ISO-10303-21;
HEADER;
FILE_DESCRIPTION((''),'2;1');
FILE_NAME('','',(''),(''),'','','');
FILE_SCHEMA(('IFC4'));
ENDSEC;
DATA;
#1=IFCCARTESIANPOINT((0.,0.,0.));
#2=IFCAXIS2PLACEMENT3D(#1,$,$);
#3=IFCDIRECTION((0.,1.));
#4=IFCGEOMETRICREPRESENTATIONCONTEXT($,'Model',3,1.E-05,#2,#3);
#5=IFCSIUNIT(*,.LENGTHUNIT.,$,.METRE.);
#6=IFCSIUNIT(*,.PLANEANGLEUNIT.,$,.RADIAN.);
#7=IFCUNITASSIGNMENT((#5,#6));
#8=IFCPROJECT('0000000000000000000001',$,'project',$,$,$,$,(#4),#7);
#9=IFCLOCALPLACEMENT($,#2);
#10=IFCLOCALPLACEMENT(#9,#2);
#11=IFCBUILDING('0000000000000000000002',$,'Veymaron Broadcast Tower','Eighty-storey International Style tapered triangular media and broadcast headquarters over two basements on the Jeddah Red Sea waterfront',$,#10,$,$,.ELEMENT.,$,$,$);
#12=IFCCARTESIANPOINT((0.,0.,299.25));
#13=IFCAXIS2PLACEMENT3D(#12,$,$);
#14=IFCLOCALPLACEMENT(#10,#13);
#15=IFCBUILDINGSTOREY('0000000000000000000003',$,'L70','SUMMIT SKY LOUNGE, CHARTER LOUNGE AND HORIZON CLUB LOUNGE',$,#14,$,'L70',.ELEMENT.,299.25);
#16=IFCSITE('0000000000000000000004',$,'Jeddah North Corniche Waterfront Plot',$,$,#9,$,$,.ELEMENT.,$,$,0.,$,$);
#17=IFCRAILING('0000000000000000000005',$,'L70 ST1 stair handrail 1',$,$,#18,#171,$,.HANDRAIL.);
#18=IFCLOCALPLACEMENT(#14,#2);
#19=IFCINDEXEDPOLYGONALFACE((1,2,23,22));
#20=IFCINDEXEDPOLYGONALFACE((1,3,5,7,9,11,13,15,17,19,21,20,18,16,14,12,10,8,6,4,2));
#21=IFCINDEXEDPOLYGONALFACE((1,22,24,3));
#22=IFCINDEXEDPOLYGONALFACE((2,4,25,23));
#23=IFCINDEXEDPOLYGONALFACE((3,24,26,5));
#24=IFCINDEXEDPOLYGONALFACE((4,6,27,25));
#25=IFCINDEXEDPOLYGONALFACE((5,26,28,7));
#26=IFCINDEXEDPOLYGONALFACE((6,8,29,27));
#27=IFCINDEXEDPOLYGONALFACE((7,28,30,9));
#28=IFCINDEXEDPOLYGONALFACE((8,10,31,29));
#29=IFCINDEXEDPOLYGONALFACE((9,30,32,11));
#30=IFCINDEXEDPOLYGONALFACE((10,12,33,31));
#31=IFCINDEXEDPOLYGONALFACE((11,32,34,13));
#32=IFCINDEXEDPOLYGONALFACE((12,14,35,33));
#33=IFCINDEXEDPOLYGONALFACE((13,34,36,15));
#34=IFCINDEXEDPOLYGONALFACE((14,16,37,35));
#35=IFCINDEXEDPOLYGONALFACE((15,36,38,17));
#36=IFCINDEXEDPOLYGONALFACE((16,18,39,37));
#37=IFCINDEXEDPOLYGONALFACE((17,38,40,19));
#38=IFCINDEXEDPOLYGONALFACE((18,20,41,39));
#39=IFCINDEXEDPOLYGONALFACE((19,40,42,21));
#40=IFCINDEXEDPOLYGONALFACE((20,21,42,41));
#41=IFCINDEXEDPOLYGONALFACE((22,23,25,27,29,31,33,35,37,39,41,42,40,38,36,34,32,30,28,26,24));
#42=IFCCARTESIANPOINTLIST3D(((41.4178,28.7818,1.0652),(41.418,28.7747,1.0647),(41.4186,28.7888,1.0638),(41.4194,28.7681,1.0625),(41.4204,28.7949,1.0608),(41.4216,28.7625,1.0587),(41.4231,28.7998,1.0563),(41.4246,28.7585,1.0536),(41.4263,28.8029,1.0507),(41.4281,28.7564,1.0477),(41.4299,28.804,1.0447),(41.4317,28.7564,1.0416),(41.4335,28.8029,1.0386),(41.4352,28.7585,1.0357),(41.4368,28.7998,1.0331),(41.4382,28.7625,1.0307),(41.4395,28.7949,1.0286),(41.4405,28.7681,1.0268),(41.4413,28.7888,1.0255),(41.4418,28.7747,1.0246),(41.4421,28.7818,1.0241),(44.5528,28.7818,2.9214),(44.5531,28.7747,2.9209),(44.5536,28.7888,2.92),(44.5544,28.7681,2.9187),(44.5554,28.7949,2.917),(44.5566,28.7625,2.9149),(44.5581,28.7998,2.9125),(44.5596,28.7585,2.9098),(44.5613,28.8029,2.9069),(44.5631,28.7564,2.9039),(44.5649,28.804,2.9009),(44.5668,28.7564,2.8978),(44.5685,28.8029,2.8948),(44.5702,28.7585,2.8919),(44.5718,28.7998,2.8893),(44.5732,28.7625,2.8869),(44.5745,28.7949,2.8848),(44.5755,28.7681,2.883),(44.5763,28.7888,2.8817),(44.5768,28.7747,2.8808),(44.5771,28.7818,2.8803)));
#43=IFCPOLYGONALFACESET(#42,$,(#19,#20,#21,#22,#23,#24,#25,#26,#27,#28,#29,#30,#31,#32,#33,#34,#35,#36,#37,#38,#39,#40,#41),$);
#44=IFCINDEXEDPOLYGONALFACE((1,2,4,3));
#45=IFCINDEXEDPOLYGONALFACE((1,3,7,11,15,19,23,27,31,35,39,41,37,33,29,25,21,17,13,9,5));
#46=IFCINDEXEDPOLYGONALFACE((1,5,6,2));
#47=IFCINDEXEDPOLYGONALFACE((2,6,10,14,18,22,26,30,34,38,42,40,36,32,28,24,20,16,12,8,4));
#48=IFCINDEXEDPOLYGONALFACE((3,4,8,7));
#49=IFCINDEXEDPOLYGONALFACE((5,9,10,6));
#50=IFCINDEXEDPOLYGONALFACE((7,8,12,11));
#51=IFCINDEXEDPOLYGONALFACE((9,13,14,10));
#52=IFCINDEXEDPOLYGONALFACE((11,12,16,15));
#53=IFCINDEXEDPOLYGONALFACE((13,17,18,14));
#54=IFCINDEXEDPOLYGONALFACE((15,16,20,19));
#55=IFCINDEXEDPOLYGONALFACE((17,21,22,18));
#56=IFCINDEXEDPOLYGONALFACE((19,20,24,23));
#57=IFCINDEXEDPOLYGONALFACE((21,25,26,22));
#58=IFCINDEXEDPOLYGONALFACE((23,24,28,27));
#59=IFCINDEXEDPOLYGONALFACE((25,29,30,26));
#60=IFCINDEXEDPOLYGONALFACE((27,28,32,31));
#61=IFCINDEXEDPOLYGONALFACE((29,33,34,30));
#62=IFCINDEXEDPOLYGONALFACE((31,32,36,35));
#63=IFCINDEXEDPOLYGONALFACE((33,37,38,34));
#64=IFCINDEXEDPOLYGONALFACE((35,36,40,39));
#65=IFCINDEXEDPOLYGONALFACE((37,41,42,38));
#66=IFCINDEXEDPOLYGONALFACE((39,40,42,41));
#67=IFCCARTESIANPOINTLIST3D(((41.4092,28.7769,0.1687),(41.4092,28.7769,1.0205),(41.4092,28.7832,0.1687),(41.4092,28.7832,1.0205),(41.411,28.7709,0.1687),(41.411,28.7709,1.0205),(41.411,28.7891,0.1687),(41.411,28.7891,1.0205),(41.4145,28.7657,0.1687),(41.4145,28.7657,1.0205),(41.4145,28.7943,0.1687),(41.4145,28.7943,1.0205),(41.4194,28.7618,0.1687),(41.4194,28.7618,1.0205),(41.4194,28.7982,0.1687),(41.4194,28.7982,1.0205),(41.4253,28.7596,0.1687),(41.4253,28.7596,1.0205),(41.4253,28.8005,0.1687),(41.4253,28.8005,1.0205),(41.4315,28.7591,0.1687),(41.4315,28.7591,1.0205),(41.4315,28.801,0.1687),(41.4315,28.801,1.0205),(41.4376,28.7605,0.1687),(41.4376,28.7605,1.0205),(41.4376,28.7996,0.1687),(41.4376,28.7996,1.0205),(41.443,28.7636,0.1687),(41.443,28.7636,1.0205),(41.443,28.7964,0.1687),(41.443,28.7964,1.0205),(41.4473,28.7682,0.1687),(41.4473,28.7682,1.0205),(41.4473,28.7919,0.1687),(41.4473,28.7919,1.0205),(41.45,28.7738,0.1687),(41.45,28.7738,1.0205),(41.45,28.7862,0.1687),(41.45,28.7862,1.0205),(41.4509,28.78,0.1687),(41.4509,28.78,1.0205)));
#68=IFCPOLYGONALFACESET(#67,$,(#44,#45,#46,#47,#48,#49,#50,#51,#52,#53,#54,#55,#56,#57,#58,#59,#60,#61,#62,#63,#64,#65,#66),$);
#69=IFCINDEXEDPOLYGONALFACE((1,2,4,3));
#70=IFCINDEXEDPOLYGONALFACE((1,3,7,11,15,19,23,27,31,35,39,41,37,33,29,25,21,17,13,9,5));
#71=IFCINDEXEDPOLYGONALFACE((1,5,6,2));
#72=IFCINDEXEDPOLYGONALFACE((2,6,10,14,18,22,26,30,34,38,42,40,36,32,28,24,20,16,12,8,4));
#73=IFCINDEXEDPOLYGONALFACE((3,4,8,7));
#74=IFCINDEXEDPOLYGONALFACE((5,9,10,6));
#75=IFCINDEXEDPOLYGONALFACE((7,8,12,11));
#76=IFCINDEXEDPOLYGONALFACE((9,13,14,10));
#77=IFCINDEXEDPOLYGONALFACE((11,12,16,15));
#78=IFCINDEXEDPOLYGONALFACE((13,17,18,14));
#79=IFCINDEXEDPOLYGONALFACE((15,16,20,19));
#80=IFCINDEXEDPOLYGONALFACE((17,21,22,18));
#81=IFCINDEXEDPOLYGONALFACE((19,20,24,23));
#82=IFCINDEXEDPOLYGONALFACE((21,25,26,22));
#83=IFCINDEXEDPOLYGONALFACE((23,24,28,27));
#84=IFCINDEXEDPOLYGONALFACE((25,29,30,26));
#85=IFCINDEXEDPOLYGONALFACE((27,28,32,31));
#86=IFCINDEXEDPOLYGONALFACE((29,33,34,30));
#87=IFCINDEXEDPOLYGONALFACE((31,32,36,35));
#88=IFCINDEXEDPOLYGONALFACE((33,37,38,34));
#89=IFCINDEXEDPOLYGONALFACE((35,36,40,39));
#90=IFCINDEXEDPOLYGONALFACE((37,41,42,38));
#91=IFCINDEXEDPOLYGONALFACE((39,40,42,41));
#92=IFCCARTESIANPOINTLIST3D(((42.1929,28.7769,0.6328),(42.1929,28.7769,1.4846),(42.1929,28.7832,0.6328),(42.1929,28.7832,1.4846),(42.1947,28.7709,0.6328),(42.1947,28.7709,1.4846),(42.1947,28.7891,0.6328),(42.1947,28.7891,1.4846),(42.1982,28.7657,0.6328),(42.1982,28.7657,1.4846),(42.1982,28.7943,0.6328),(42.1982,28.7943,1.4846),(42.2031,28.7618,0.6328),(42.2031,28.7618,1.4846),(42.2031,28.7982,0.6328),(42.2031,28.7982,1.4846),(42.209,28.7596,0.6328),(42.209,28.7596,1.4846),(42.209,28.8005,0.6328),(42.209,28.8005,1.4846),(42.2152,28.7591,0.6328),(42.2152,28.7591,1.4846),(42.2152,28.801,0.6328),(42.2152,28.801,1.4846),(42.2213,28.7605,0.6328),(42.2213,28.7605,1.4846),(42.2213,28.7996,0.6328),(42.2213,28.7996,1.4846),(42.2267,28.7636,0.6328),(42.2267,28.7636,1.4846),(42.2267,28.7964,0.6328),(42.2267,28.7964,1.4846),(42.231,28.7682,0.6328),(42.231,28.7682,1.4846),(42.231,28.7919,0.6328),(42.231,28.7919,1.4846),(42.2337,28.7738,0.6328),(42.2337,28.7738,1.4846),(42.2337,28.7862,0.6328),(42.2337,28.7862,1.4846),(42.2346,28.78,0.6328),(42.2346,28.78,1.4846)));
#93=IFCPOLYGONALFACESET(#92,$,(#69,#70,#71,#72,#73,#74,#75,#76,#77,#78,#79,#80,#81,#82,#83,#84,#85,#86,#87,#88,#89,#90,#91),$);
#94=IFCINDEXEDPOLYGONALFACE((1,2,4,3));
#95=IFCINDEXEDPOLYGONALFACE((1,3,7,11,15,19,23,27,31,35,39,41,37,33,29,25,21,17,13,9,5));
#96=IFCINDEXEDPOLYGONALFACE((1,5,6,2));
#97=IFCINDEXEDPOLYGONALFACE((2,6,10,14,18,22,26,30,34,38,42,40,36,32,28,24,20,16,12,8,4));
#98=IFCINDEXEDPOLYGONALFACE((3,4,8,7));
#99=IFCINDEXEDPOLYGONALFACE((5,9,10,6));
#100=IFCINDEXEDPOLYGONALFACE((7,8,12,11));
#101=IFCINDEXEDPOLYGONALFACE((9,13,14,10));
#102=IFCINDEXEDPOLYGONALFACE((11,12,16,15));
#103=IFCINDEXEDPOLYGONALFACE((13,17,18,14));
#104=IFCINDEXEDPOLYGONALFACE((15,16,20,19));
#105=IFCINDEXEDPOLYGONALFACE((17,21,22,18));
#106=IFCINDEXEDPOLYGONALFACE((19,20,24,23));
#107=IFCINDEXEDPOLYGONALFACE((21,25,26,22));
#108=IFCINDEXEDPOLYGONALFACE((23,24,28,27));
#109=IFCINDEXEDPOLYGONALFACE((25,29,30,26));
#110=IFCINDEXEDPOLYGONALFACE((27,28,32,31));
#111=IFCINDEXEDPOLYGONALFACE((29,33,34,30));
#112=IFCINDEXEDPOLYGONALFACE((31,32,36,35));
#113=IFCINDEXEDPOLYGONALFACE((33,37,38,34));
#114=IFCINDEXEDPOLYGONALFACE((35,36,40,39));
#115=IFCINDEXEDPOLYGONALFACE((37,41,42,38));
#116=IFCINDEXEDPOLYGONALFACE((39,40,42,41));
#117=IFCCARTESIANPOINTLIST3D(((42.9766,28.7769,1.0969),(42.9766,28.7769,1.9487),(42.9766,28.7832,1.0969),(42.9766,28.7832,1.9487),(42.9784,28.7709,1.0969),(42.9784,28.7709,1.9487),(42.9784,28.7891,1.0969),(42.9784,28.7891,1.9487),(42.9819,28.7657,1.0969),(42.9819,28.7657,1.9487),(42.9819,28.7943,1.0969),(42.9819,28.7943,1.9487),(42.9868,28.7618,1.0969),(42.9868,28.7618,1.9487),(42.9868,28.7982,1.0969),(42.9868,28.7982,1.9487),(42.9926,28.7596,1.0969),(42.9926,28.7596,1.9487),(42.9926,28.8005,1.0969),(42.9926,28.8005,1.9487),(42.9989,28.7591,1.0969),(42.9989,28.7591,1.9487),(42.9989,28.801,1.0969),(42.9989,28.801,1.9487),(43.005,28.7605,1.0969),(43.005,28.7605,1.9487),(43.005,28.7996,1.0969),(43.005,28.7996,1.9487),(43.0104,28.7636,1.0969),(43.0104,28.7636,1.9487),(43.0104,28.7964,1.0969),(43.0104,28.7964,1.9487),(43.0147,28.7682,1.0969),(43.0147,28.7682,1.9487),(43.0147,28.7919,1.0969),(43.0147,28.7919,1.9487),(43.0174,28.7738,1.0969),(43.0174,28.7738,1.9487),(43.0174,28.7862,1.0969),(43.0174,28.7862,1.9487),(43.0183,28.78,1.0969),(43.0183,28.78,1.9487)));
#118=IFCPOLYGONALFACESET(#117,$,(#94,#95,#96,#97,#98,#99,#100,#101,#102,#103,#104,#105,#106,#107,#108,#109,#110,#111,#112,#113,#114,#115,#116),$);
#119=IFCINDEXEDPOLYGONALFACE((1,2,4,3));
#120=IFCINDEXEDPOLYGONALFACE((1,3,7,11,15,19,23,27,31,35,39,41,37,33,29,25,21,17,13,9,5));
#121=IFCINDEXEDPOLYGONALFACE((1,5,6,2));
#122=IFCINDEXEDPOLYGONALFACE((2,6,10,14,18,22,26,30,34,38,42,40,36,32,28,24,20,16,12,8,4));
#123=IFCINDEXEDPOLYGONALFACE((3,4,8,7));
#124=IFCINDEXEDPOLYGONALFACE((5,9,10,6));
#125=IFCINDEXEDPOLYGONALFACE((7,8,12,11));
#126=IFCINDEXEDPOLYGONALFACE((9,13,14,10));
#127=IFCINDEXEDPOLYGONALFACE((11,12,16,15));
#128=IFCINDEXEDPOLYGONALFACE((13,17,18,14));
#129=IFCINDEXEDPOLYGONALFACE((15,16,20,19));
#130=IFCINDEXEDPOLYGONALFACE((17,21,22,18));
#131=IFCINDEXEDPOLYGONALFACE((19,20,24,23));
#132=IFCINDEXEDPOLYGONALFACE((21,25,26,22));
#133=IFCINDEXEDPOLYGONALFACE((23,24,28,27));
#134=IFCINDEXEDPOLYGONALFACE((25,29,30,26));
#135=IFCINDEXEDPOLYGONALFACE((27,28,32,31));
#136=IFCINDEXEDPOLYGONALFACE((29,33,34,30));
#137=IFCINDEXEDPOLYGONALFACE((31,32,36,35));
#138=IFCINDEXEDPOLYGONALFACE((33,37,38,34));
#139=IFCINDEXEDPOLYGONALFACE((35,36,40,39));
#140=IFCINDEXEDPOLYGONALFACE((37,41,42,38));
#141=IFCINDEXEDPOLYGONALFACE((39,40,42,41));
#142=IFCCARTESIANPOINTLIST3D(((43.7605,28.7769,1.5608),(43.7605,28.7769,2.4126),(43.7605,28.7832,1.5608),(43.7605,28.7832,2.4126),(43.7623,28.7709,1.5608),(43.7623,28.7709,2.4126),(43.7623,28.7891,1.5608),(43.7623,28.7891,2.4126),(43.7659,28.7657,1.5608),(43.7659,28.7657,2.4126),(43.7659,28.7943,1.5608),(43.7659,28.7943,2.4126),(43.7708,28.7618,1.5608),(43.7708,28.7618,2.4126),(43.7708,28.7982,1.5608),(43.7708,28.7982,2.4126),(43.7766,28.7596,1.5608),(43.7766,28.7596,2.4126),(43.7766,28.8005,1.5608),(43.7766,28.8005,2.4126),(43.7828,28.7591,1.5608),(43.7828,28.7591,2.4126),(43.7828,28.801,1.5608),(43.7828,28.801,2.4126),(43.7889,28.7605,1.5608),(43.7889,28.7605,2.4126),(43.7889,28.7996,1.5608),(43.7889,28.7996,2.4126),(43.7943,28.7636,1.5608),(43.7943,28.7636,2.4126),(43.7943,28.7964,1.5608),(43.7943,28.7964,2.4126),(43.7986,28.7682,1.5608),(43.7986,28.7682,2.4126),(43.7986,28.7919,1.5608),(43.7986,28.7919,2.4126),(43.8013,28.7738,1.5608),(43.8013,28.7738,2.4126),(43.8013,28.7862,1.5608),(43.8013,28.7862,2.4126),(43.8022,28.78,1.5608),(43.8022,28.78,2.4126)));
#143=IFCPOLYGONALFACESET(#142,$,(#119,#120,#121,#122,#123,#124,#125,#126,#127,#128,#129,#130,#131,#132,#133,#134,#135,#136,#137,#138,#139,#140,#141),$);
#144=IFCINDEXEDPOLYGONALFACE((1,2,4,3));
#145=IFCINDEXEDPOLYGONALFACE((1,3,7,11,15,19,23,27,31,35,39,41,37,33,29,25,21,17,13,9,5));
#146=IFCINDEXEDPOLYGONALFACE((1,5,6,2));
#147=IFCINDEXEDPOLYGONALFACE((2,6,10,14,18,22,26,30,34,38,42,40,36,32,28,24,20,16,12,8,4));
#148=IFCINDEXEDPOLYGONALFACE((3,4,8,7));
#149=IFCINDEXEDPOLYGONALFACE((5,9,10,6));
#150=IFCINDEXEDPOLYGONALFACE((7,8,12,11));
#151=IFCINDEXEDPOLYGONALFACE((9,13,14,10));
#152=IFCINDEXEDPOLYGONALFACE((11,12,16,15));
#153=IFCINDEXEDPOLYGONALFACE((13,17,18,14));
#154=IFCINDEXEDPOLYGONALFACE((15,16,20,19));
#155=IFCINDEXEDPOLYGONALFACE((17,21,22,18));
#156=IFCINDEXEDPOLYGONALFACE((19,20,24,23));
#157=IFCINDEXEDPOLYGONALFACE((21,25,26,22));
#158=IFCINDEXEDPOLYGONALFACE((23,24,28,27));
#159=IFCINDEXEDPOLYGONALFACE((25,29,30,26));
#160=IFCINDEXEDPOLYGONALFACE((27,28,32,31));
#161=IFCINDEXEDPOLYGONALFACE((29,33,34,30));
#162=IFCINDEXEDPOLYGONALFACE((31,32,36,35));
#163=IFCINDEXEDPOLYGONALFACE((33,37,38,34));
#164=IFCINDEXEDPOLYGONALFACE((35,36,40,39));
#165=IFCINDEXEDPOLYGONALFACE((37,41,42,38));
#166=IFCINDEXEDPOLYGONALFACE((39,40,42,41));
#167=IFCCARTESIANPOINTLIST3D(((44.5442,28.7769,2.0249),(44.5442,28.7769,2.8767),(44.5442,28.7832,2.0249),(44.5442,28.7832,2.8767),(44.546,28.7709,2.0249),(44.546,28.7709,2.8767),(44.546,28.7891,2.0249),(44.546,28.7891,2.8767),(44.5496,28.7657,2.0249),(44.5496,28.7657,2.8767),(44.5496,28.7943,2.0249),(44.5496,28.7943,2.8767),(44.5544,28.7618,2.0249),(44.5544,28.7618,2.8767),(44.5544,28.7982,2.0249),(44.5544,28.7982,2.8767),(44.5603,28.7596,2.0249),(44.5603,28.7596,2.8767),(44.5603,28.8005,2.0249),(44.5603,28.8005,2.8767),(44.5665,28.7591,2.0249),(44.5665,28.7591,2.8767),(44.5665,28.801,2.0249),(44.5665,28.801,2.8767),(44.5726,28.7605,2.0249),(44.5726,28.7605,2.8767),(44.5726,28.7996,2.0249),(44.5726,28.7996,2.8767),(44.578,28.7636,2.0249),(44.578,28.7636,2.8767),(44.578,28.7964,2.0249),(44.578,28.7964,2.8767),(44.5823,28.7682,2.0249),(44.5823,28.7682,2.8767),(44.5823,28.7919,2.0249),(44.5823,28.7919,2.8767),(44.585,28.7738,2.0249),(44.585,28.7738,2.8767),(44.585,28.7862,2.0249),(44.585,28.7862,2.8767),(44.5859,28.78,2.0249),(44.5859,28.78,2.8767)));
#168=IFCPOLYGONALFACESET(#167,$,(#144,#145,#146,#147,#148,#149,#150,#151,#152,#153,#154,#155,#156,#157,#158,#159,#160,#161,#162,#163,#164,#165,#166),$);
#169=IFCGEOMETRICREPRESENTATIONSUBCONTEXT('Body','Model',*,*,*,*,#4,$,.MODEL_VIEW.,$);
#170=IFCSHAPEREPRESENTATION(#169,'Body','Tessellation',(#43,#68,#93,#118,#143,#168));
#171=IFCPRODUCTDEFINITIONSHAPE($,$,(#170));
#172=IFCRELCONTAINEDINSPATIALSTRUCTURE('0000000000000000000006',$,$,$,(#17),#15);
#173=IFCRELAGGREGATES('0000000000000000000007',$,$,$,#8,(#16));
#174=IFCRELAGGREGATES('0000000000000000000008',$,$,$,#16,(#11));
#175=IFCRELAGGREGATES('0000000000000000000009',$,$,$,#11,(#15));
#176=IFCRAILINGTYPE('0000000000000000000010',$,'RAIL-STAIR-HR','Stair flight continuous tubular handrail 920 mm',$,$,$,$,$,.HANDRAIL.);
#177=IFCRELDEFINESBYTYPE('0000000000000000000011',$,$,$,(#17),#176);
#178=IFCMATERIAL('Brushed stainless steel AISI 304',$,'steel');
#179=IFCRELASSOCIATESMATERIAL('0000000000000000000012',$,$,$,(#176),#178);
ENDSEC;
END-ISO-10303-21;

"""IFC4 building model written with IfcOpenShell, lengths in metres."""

from ifc_helpers import new_model, si_unit, direction, frame, origin, origin_2d, place, context, subcontext, project, spatial, circle, extrude, material, type_object, element, save


model = new_model("IFC4")

# Units and contexts
model_context = context("Model", 3, precision=1e-05, world=origin(), true_north=direction((0.0, 1.0)))
body_context = subcontext(model_context, "Body", "Model", "MODEL_VIEW")
ifc_project = project(units=[si_unit("LENGTHUNIT", "METRE"), si_unit("PLANEANGLEUNIT", "RADIAN")], contexts=[model_context])

# Site, building, storey
site_placement = place(None, origin())
site = spatial("IfcSite", under=ifc_project, at=site_placement, Name="Jeddah North Corniche Waterfront Plot", CompositionType="ELEMENT", RefElevation=0.0)
building_placement = place(site_placement, origin())
building = spatial("IfcBuilding", under=site, at=building_placement, Name="Veymaron Broadcast Tower", Description="Eighty-storey International Style tapered triangular media and broadcast headquarters over two basements on the Jeddah Red Sea waterfront", CompositionType="ELEMENT")
storey_placement = place(building_placement, frame((0.0, 0.0, 299.25)))
storey = spatial("IfcBuildingStorey", under=building, at=storey_placement, Name="L70", Description="SUMMIT SKY LOUNGE, CHARTER LOUNGE AND HORIZON CLUB LOUNGE", LongName="L70", CompositionType="ELEMENT", Elevation=299.25)

# Railing
ifc_material_1 = material(Name="Brushed stainless steel AISI 304", Category="steel")
railing_type_1 = type_object("IfcRailingType", Name="RAIL-STAIR-HR", Description="Stair flight continuous tubular handrail 920 mm", PredefinedType="HANDRAIL", material=ifc_material_1)
railing_1_placement = place(storey_placement, frame((41.4299, 28.78, 0.1687)))
element("IfcRailing", 1, at=railing_1_placement, inside=storey, type_object=railing_type_1, Name="L70 ST1 stair handrail 1", PredefinedType="HANDRAIL", context=body_context, shape_type="SweptSolid", body=[
    extrude(circle(Radius=0.0239, at=origin_2d()), frame((0.0, 0.0, 0.876), z_axis=(0.860482, 0.0, 0.509481), x_axis=(0.0, 1.0, 0.0)), (0.0, 0.0, 1.0), 3.6433),
    extrude(circle(Radius=0.021, at=origin_2d()), origin(), (0.0, 0.0, 1.0), 0.8518),
    extrude(circle(Radius=0.021, at=origin_2d()), frame((0.7837, 0.0, 0.4641)), (0.0, 0.0, 1.0), 0.8518),
    extrude(circle(Radius=0.021, at=origin_2d()), frame((1.5674, 0.0, 0.9282)), (0.0, 0.0, 1.0), 0.8518),
    extrude(circle(Radius=0.021, at=origin_2d()), frame((2.3513, 0.0, 1.3921)), (0.0, 0.0, 1.0), 0.8518),
    extrude(circle(Radius=0.021, at=origin_2d()), frame((3.135, 0.0, 1.8562)), (0.0, 0.0, 1.0), 0.8518),
])

save(model, "model.ifc")
